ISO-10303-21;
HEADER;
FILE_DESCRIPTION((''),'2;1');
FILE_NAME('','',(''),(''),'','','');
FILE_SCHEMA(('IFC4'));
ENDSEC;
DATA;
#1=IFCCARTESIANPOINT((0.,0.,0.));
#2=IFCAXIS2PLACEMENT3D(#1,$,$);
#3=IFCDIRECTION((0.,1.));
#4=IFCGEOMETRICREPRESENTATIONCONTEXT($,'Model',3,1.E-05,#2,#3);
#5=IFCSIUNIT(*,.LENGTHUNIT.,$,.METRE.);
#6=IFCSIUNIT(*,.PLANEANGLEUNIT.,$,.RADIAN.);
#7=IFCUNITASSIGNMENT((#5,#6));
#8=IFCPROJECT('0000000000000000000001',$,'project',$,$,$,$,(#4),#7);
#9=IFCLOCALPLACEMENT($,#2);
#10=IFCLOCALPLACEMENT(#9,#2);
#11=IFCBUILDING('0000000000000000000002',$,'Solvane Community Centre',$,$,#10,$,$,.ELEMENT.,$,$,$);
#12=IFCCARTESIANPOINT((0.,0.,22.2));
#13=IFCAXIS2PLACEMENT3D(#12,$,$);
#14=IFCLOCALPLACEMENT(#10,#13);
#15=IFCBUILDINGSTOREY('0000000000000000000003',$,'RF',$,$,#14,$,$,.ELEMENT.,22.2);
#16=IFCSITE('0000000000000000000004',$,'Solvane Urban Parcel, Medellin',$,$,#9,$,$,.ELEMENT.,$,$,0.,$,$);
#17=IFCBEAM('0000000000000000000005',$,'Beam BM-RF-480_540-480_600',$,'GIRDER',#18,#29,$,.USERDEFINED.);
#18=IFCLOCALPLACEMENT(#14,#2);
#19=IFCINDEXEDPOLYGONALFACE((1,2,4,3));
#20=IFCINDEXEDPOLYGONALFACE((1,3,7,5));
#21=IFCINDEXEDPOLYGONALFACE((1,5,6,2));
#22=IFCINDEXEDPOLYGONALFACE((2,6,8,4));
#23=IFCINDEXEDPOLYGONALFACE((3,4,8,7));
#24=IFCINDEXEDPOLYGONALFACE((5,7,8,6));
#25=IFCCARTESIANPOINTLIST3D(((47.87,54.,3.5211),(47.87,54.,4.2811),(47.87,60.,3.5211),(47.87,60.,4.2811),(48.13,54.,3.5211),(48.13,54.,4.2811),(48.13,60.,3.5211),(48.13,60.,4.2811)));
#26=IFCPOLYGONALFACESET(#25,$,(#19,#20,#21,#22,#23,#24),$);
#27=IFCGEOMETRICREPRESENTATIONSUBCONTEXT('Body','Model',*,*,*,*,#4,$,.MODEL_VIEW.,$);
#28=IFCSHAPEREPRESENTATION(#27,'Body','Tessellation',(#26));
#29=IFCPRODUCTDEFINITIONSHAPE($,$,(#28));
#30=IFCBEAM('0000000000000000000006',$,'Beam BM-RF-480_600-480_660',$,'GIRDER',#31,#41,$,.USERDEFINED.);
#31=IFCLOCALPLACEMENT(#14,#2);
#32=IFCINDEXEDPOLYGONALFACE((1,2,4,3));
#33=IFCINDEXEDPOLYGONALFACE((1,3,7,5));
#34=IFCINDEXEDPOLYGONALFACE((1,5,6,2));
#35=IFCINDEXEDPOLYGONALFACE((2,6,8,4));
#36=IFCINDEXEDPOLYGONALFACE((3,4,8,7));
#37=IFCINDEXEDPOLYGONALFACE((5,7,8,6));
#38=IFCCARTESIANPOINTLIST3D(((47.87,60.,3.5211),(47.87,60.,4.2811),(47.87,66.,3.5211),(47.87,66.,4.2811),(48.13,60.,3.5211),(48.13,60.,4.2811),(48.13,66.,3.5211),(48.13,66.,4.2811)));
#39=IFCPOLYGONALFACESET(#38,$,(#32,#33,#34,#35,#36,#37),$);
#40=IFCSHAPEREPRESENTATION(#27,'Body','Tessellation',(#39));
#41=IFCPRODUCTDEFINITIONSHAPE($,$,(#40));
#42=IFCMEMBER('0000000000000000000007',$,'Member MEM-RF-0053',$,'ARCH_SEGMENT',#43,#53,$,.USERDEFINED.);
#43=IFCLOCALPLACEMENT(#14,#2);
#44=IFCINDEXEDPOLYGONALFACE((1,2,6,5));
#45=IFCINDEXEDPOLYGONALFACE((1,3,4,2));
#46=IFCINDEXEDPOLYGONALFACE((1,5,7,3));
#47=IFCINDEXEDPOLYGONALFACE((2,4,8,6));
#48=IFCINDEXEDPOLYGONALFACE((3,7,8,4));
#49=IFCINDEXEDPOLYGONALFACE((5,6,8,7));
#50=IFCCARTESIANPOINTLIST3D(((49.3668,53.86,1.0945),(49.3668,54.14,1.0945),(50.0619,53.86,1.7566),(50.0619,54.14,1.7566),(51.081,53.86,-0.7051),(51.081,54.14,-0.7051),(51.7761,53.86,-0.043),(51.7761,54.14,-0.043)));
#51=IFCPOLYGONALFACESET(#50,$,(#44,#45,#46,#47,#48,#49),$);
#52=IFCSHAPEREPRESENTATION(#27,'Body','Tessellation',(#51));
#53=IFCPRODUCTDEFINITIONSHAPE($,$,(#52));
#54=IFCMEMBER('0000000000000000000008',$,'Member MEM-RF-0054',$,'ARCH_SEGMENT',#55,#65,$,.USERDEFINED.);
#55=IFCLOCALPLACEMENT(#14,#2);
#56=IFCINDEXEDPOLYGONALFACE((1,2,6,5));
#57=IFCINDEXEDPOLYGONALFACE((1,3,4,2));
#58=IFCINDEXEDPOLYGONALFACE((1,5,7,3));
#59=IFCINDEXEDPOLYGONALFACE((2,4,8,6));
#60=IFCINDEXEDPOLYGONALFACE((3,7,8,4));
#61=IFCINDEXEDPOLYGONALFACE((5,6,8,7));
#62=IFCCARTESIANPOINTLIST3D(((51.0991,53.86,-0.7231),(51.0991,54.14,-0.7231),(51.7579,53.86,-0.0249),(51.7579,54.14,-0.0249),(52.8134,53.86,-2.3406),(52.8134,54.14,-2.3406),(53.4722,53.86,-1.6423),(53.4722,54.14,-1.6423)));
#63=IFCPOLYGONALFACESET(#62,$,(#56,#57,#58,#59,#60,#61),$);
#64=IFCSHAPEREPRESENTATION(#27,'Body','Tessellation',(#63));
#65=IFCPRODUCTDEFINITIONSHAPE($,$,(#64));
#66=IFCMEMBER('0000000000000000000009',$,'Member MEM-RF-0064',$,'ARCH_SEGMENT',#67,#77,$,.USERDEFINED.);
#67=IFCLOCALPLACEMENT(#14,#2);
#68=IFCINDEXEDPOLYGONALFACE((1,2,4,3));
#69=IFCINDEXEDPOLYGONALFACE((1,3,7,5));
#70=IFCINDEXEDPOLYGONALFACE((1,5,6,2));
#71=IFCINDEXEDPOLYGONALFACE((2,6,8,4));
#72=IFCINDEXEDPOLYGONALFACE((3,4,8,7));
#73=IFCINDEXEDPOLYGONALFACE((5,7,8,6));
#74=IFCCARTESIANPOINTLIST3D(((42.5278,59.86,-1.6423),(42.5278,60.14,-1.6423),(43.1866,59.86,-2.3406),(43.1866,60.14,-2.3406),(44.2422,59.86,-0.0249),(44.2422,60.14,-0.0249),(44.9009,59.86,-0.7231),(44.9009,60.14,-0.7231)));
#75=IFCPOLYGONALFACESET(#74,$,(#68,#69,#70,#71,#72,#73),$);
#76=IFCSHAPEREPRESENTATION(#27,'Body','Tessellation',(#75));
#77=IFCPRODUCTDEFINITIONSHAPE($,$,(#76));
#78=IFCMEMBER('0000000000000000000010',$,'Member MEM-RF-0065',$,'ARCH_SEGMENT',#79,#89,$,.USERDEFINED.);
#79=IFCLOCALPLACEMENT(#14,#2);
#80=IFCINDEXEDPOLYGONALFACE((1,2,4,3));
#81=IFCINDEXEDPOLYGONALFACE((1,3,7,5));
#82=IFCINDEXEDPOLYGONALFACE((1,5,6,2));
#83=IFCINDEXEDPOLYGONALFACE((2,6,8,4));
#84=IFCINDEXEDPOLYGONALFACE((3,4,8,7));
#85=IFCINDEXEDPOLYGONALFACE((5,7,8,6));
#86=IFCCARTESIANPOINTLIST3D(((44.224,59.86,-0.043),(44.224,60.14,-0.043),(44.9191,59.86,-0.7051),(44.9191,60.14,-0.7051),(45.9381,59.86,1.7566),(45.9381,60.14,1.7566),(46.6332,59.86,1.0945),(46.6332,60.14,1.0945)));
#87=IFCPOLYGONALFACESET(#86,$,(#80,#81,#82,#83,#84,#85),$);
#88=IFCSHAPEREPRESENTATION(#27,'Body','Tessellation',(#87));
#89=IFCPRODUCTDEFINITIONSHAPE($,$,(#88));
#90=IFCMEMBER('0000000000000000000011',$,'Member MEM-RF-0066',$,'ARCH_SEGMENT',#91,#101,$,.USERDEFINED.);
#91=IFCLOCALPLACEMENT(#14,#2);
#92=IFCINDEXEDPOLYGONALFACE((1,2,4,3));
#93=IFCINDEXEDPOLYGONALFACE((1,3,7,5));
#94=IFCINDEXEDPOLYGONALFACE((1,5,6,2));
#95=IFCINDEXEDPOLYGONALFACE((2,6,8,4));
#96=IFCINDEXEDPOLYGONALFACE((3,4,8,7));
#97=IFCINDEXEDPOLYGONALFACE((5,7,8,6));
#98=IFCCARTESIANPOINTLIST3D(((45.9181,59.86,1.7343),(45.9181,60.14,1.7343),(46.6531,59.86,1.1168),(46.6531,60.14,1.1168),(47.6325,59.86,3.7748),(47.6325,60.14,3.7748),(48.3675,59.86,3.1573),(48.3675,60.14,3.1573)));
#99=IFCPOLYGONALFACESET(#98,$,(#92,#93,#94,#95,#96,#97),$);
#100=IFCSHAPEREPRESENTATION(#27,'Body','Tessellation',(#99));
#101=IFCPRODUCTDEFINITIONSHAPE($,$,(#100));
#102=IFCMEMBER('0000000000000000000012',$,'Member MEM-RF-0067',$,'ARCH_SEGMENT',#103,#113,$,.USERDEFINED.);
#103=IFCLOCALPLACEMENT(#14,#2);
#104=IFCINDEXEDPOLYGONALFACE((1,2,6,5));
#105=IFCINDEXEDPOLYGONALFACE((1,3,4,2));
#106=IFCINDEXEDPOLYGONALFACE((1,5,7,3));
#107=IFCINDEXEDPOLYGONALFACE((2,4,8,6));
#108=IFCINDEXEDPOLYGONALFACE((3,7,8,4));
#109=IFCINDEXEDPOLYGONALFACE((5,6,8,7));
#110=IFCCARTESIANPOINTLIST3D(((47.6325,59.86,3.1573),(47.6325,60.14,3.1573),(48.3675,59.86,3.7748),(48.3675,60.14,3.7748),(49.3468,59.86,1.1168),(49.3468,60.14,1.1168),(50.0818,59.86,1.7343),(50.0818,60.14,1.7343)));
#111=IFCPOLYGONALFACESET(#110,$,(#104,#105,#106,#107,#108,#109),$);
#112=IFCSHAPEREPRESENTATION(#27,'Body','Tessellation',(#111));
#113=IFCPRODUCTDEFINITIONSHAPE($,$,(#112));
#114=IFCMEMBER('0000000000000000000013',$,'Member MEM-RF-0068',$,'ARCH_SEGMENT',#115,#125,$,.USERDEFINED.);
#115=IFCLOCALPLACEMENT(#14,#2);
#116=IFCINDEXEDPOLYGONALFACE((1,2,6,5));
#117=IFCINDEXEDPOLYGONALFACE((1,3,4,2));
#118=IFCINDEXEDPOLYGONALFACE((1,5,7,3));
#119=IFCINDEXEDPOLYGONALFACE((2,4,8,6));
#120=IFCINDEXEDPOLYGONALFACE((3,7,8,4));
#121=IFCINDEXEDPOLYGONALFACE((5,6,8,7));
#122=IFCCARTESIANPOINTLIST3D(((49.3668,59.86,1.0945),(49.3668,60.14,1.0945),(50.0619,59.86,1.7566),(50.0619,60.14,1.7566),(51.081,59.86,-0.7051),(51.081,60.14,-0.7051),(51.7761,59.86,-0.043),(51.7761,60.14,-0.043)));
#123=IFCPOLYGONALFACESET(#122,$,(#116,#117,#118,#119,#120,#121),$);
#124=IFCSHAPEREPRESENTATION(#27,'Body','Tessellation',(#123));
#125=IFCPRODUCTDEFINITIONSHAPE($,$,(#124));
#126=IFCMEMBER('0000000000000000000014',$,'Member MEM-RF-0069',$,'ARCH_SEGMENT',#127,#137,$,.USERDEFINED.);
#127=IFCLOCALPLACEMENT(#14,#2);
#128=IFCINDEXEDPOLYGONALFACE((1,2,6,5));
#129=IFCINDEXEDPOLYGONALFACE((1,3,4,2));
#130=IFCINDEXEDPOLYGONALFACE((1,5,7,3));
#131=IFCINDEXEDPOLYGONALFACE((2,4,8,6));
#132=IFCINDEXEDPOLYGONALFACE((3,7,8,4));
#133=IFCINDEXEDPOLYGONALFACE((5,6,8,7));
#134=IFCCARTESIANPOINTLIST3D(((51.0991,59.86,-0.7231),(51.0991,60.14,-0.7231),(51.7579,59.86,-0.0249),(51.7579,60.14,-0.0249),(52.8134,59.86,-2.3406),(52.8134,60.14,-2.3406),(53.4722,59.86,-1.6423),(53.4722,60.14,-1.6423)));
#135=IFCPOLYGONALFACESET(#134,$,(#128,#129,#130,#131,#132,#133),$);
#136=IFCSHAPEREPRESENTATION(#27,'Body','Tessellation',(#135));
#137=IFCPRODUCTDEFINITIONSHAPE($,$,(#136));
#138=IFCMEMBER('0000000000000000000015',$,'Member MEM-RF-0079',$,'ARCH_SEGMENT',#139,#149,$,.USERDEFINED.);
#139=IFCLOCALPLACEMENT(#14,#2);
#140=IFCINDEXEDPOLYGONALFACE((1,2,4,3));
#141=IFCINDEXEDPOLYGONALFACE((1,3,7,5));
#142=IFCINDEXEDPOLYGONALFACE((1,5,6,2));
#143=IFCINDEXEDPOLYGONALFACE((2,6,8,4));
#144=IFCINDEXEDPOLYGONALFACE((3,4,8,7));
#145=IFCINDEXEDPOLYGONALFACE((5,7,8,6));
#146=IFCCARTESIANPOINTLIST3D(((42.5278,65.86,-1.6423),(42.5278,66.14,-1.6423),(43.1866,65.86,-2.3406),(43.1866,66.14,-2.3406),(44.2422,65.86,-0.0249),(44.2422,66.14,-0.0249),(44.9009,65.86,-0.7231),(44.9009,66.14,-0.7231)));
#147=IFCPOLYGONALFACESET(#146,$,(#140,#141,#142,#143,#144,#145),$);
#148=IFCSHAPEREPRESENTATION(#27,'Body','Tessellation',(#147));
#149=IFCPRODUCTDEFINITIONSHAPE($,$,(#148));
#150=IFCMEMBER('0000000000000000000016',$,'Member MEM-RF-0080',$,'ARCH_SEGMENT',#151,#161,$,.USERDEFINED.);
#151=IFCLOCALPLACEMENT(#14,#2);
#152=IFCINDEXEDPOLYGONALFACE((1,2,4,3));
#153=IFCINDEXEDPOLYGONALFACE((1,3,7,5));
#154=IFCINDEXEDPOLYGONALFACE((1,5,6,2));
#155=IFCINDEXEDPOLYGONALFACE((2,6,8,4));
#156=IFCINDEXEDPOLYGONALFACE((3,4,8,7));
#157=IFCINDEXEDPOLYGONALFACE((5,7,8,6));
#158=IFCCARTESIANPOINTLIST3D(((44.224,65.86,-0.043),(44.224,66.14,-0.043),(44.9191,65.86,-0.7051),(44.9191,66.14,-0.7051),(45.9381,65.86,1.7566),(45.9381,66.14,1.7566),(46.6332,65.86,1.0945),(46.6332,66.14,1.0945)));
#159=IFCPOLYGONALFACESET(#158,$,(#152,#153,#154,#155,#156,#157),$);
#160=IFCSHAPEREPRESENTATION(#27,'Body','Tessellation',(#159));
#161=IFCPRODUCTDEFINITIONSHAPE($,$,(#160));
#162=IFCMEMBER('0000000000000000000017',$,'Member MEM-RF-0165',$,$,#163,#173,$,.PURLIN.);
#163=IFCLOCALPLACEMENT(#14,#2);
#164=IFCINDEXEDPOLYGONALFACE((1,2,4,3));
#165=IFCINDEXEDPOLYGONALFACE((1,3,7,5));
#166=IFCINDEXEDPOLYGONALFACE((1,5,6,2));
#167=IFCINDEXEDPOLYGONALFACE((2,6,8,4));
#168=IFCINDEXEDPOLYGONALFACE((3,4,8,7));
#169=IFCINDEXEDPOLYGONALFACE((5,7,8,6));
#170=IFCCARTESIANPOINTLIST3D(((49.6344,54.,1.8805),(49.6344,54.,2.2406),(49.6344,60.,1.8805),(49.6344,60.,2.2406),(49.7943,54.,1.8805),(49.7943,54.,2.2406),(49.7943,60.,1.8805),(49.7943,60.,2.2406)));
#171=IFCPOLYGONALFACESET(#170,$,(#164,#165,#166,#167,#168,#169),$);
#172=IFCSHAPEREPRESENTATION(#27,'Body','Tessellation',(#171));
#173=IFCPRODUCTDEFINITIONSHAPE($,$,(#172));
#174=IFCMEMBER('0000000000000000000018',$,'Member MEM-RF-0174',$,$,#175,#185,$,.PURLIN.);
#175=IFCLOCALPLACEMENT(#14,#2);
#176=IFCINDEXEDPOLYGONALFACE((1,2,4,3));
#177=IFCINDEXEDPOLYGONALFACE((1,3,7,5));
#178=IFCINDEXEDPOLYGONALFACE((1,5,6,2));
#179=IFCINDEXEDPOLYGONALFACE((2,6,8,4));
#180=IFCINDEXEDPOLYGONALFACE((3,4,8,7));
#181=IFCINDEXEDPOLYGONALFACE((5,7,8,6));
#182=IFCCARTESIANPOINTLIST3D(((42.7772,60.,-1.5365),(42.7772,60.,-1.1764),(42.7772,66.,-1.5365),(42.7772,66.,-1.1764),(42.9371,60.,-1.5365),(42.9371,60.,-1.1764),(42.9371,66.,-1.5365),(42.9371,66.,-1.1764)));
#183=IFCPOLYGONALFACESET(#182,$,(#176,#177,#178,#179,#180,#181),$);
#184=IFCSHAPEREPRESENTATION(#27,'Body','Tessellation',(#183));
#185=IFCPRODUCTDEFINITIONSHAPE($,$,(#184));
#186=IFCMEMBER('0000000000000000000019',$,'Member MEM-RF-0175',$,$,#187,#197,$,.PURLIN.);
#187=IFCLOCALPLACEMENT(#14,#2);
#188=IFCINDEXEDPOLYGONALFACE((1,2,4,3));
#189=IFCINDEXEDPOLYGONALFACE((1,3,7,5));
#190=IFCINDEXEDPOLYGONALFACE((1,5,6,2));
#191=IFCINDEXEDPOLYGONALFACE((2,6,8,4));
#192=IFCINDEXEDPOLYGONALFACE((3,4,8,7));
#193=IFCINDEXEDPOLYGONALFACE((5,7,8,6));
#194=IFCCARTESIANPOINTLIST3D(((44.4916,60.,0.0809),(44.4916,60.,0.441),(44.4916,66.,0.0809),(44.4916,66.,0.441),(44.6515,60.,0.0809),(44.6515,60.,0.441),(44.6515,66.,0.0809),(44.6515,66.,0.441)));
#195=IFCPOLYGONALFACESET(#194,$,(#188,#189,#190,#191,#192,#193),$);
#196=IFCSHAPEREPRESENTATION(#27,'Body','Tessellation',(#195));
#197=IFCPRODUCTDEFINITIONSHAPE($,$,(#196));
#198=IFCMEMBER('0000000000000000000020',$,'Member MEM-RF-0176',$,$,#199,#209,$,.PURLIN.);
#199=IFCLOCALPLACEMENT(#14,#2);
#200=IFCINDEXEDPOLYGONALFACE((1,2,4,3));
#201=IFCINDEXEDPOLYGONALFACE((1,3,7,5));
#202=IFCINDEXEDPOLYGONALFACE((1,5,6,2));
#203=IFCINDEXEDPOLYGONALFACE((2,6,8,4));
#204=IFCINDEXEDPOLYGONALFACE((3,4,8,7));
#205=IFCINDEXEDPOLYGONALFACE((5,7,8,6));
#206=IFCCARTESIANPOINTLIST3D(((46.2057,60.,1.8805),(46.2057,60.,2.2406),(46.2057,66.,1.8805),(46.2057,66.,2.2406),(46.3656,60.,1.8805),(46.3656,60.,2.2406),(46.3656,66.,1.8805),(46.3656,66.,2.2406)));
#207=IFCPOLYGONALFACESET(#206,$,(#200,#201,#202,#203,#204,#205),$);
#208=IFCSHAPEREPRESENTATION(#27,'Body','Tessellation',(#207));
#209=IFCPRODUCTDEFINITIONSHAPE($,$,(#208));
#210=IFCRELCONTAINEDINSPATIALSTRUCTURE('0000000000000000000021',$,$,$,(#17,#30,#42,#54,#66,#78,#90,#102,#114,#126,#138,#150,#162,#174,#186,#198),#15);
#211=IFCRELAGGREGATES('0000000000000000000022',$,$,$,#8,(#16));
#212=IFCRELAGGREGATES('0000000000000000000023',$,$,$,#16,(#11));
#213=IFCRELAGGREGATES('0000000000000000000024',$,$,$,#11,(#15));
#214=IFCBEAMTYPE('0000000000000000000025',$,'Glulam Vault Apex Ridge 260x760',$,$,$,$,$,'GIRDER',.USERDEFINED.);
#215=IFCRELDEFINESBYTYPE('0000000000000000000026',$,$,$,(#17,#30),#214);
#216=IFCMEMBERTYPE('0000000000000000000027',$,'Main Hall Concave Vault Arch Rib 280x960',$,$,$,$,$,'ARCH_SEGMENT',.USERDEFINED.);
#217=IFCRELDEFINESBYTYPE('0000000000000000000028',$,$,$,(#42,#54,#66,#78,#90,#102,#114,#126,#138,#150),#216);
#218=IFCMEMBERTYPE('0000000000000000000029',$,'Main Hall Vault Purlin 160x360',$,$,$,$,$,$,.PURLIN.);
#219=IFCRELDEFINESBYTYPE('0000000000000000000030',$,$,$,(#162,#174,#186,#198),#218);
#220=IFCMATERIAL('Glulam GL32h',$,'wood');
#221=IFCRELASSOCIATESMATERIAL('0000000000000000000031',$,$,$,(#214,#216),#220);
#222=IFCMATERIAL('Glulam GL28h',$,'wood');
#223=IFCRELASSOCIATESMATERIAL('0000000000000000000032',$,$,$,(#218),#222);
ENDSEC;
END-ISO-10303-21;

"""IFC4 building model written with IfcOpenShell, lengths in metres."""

from ifc_helpers import new_model, si_unit, direction, frame, origin, origin_2d, place, context, subcontext, project, spatial, rectangle, extrude, material, material_profile, profile_set, type_object, element, save


model = new_model("IFC4")

# Units and contexts
model_context = context("Model", 3, precision=1e-05, world=origin(), true_north=direction((0.0, 1.0)))
body_context = subcontext(model_context, "Body", "Model", "MODEL_VIEW")
ifc_project = project(units=[si_unit("LENGTHUNIT", "METRE"), si_unit("PLANEANGLEUNIT", "RADIAN")], contexts=[model_context])

# Site, building, storey
site_placement = place(None, origin())
site = spatial("IfcSite", under=ifc_project, at=site_placement, Name="Solvane Urban Parcel, Medellin", CompositionType="ELEMENT", RefElevation=0.0)
building_placement = place(site_placement, origin())
building = spatial("IfcBuilding", under=site, at=building_placement, Name="Solvane Community Centre", CompositionType="ELEMENT")
storey_placement = place(building_placement, frame((0.0, 0.0, 22.2)))
storey = spatial("IfcBuildingStorey", under=building, at=storey_placement, Name="RF", CompositionType="ELEMENT", Elevation=22.2)

# Beams
ifc_material_1 = material(Name="Glulam GL32h", Category="wood")
ifc_material_profile_1 = material_profile(ifc_material_1, rectangle(XDim=0.26, YDim=0.76, at=origin_2d()), Name="GL32h 260x760")
ifc_profile_set_1 = profile_set([ifc_material_profile_1], Name="Glulam GL32h")
beam_type = type_object("IfcBeamType", Name="Glulam Vault Apex Ridge 260x760", ElementType="GIRDER", PredefinedType="USERDEFINED", material=ifc_profile_set_1)
for number, where, z_axis, x_axis, name in (
    (1, (48.0, 54.0, 3.9011), (0.0, 1.0, 0.0), (-1.0, 0.0, 0.0), "Beam BM-RF-480_540-480_600"),
    (2, (48.0, 60.0, 3.9011), (0.0, 1.0, 0.0), (-1.0, 0.0, 0.0), "Beam BM-RF-480_600-480_660"),
):
    element("IfcBeam", number, at=place(storey_placement, frame(where, z_axis=z_axis, x_axis=x_axis)), inside=storey, type_object=beam_type, Name=name, ObjectType="GIRDER", PredefinedType="USERDEFINED", context=body_context, shape_type="SweptSolid", body=[
        extrude(rectangle(XDim=0.26, YDim=0.76, at=origin_2d()), origin(), (0.0, 0.0, 1.0), 6.0),
    ])

# Members
ifc_material_profile_2 = material_profile(ifc_material_1, rectangle(XDim=0.28, YDim=0.96, at=origin_2d()), Name="GL32h 280x960")
ifc_profile_set_2 = profile_set([ifc_material_profile_2], Name="Glulam GL32h")
member_type_1 = type_object("IfcMemberType", Name="Main Hall Concave Vault Arch Rib 280x960", ElementType="ARCH_SEGMENT", PredefinedType="USERDEFINED", material=ifc_profile_set_2)
member_1_placement = place(storey_placement, frame((49.7144, 54.0, 1.4255), z_axis=(0.689707, 0.0, -0.724089), x_axis=(0.0, 1.0, 0.0)))
element("IfcMember", 3, at=member_1_placement, inside=storey, type_object=member_type_1, Name="Member MEM-RF-0053", ObjectType="ARCH_SEGMENT", PredefinedType="USERDEFINED", context=body_context, shape_type="SweptSolid", body=[
    extrude(rectangle(XDim=0.28, YDim=0.96, at=origin_2d()), origin(), (0.0, 0.0, 1.0), 2.4854),
])
for number, where, z_axis, x_axis, name in (
    (4, (51.4285, 54.0, -0.374), (0.727369, 0.0, -0.686246), (0.0, 1.0, 0.0), "Member MEM-RF-0054"),
    (5, (42.8572, 60.0, -1.9915), (0.727369, 0.0, 0.686246), (0.0, 1.0, 0.0), "Member MEM-RF-0064"),
):
    element("IfcMember", number, at=place(storey_placement, frame(where, z_axis=z_axis, x_axis=x_axis)), inside=storey, type_object=member_type_1, Name=name, ObjectType="ARCH_SEGMENT", PredefinedType="USERDEFINED", context=body_context, shape_type="SweptSolid", body=[
        extrude(rectangle(XDim=0.28, YDim=0.96, at=origin_2d()), origin(), (0.0, 0.0, 1.0), 2.3569),
    ])
member_2_placement = place(storey_placement, frame((44.5715, 60.0, -0.374), z_axis=(0.689707, 0.0, 0.724089), x_axis=(0.0, 1.0, 0.0)))
element("IfcMember", 6, at=member_2_placement, inside=storey, type_object=member_type_1, Name="Member MEM-RF-0065", ObjectType="ARCH_SEGMENT", PredefinedType="USERDEFINED", context=body_context, shape_type="SweptSolid", body=[
    extrude(rectangle(XDim=0.28, YDim=0.96, at=origin_2d()), origin(), (0.0, 0.0, 1.0), 2.4854),
])
for number, where, z_axis, x_axis, name in (
    (7, (46.2856, 60.0, 1.4255), (0.643261, 0.0, 0.765647), (0.0, 1.0, 0.0), "Member MEM-RF-0066"),
    (8, (48.0, 60.0, 3.4661), (0.643261, 0.0, -0.765647), (0.0, 1.0, 0.0), "Member MEM-RF-0067"),
):
    element("IfcMember", number, at=place(storey_placement, frame(where, z_axis=z_axis, x_axis=x_axis)), inside=storey, type_object=member_type_1, Name=name, ObjectType="ARCH_SEGMENT", PredefinedType="USERDEFINED", context=body_context, shape_type="SweptSolid", body=[
        extrude(rectangle(XDim=0.28, YDim=0.96, at=origin_2d()), origin(), (0.0, 0.0, 1.0), 2.665),
    ])
member_3_placement = place(storey_placement, frame((49.7144, 60.0, 1.4255), z_axis=(0.689707, 0.0, -0.724089), x_axis=(0.0, 1.0, 0.0)))
element("IfcMember", 9, at=member_3_placement, inside=storey, type_object=member_type_1, Name="Member MEM-RF-0068", ObjectType="ARCH_SEGMENT", PredefinedType="USERDEFINED", context=body_context, shape_type="SweptSolid", body=[
    extrude(rectangle(XDim=0.28, YDim=0.96, at=origin_2d()), origin(), (0.0, 0.0, 1.0), 2.4854),
])
for number, where, z_axis, x_axis, name in (
    (10, (51.4285, 60.0, -0.374), (0.727369, 0.0, -0.686246), (0.0, 1.0, 0.0), "Member MEM-RF-0069"),
    (11, (42.8572, 66.0, -1.9915), (0.727369, 0.0, 0.686246), (0.0, 1.0, 0.0), "Member MEM-RF-0079"),
):
    element("IfcMember", number, at=place(storey_placement, frame(where, z_axis=z_axis, x_axis=x_axis)), inside=storey, type_object=member_type_1, Name=name, ObjectType="ARCH_SEGMENT", PredefinedType="USERDEFINED", context=body_context, shape_type="SweptSolid", body=[
        extrude(rectangle(XDim=0.28, YDim=0.96, at=origin_2d()), origin(), (0.0, 0.0, 1.0), 2.3569),
    ])
member_4_placement = place(storey_placement, frame((44.5715, 66.0, -0.374), z_axis=(0.689707, 0.0, 0.724089), x_axis=(0.0, 1.0, 0.0)))
element("IfcMember", 12, at=member_4_placement, inside=storey, type_object=member_type_1, Name="Member MEM-RF-0080", ObjectType="ARCH_SEGMENT", PredefinedType="USERDEFINED", context=body_context, shape_type="SweptSolid", body=[
    extrude(rectangle(XDim=0.28, YDim=0.96, at=origin_2d()), origin(), (0.0, 0.0, 1.0), 2.4854),
])
ifc_material_2 = material(Name="Glulam GL28h", Category="wood")
ifc_material_profile_3 = material_profile(ifc_material_2, rectangle(XDim=0.1599, YDim=0.3601, at=origin_2d()), Name="GL28h 160x360")
ifc_profile_set_3 = profile_set([ifc_material_profile_3], Name="Glulam GL28h")
member_type_2 = type_object("IfcMemberType", Name="Main Hall Vault Purlin 160x360", PredefinedType="PURLIN", material=ifc_profile_set_3)
for number, where, z_axis, x_axis, name in (
    (13, (49.7144, 54.0, 2.0605), (0.0, 1.0, 0.0), (-1.0, 0.0, 0.0), "Member MEM-RF-0165"),
    (14, (42.8572, 60.0, -1.3564), (0.0, 1.0, 0.0), (-1.0, 0.0, 0.0), "Member MEM-RF-0174"),
    (15, (44.5715, 60.0, 0.261), (0.0, 1.0, 0.0), (-1.0, 0.0, 0.0), "Member MEM-RF-0175"),
    (16, (46.2856, 60.0, 2.0605), (0.0, 1.0, 0.0), (-1.0, 0.0, 0.0), "Member MEM-RF-0176"),
):
    element("IfcMember", number, at=place(storey_placement, frame(where, z_axis=z_axis, x_axis=x_axis)), inside=storey, type_object=member_type_2, Name=name, PredefinedType="PURLIN", context=body_context, shape_type="SweptSolid", body=[
        extrude(rectangle(XDim=0.1599, YDim=0.3601, at=origin_2d()), origin(), (0.0, 0.0, 1.0), 6.0),
    ])

save(model, "model.ifc")
